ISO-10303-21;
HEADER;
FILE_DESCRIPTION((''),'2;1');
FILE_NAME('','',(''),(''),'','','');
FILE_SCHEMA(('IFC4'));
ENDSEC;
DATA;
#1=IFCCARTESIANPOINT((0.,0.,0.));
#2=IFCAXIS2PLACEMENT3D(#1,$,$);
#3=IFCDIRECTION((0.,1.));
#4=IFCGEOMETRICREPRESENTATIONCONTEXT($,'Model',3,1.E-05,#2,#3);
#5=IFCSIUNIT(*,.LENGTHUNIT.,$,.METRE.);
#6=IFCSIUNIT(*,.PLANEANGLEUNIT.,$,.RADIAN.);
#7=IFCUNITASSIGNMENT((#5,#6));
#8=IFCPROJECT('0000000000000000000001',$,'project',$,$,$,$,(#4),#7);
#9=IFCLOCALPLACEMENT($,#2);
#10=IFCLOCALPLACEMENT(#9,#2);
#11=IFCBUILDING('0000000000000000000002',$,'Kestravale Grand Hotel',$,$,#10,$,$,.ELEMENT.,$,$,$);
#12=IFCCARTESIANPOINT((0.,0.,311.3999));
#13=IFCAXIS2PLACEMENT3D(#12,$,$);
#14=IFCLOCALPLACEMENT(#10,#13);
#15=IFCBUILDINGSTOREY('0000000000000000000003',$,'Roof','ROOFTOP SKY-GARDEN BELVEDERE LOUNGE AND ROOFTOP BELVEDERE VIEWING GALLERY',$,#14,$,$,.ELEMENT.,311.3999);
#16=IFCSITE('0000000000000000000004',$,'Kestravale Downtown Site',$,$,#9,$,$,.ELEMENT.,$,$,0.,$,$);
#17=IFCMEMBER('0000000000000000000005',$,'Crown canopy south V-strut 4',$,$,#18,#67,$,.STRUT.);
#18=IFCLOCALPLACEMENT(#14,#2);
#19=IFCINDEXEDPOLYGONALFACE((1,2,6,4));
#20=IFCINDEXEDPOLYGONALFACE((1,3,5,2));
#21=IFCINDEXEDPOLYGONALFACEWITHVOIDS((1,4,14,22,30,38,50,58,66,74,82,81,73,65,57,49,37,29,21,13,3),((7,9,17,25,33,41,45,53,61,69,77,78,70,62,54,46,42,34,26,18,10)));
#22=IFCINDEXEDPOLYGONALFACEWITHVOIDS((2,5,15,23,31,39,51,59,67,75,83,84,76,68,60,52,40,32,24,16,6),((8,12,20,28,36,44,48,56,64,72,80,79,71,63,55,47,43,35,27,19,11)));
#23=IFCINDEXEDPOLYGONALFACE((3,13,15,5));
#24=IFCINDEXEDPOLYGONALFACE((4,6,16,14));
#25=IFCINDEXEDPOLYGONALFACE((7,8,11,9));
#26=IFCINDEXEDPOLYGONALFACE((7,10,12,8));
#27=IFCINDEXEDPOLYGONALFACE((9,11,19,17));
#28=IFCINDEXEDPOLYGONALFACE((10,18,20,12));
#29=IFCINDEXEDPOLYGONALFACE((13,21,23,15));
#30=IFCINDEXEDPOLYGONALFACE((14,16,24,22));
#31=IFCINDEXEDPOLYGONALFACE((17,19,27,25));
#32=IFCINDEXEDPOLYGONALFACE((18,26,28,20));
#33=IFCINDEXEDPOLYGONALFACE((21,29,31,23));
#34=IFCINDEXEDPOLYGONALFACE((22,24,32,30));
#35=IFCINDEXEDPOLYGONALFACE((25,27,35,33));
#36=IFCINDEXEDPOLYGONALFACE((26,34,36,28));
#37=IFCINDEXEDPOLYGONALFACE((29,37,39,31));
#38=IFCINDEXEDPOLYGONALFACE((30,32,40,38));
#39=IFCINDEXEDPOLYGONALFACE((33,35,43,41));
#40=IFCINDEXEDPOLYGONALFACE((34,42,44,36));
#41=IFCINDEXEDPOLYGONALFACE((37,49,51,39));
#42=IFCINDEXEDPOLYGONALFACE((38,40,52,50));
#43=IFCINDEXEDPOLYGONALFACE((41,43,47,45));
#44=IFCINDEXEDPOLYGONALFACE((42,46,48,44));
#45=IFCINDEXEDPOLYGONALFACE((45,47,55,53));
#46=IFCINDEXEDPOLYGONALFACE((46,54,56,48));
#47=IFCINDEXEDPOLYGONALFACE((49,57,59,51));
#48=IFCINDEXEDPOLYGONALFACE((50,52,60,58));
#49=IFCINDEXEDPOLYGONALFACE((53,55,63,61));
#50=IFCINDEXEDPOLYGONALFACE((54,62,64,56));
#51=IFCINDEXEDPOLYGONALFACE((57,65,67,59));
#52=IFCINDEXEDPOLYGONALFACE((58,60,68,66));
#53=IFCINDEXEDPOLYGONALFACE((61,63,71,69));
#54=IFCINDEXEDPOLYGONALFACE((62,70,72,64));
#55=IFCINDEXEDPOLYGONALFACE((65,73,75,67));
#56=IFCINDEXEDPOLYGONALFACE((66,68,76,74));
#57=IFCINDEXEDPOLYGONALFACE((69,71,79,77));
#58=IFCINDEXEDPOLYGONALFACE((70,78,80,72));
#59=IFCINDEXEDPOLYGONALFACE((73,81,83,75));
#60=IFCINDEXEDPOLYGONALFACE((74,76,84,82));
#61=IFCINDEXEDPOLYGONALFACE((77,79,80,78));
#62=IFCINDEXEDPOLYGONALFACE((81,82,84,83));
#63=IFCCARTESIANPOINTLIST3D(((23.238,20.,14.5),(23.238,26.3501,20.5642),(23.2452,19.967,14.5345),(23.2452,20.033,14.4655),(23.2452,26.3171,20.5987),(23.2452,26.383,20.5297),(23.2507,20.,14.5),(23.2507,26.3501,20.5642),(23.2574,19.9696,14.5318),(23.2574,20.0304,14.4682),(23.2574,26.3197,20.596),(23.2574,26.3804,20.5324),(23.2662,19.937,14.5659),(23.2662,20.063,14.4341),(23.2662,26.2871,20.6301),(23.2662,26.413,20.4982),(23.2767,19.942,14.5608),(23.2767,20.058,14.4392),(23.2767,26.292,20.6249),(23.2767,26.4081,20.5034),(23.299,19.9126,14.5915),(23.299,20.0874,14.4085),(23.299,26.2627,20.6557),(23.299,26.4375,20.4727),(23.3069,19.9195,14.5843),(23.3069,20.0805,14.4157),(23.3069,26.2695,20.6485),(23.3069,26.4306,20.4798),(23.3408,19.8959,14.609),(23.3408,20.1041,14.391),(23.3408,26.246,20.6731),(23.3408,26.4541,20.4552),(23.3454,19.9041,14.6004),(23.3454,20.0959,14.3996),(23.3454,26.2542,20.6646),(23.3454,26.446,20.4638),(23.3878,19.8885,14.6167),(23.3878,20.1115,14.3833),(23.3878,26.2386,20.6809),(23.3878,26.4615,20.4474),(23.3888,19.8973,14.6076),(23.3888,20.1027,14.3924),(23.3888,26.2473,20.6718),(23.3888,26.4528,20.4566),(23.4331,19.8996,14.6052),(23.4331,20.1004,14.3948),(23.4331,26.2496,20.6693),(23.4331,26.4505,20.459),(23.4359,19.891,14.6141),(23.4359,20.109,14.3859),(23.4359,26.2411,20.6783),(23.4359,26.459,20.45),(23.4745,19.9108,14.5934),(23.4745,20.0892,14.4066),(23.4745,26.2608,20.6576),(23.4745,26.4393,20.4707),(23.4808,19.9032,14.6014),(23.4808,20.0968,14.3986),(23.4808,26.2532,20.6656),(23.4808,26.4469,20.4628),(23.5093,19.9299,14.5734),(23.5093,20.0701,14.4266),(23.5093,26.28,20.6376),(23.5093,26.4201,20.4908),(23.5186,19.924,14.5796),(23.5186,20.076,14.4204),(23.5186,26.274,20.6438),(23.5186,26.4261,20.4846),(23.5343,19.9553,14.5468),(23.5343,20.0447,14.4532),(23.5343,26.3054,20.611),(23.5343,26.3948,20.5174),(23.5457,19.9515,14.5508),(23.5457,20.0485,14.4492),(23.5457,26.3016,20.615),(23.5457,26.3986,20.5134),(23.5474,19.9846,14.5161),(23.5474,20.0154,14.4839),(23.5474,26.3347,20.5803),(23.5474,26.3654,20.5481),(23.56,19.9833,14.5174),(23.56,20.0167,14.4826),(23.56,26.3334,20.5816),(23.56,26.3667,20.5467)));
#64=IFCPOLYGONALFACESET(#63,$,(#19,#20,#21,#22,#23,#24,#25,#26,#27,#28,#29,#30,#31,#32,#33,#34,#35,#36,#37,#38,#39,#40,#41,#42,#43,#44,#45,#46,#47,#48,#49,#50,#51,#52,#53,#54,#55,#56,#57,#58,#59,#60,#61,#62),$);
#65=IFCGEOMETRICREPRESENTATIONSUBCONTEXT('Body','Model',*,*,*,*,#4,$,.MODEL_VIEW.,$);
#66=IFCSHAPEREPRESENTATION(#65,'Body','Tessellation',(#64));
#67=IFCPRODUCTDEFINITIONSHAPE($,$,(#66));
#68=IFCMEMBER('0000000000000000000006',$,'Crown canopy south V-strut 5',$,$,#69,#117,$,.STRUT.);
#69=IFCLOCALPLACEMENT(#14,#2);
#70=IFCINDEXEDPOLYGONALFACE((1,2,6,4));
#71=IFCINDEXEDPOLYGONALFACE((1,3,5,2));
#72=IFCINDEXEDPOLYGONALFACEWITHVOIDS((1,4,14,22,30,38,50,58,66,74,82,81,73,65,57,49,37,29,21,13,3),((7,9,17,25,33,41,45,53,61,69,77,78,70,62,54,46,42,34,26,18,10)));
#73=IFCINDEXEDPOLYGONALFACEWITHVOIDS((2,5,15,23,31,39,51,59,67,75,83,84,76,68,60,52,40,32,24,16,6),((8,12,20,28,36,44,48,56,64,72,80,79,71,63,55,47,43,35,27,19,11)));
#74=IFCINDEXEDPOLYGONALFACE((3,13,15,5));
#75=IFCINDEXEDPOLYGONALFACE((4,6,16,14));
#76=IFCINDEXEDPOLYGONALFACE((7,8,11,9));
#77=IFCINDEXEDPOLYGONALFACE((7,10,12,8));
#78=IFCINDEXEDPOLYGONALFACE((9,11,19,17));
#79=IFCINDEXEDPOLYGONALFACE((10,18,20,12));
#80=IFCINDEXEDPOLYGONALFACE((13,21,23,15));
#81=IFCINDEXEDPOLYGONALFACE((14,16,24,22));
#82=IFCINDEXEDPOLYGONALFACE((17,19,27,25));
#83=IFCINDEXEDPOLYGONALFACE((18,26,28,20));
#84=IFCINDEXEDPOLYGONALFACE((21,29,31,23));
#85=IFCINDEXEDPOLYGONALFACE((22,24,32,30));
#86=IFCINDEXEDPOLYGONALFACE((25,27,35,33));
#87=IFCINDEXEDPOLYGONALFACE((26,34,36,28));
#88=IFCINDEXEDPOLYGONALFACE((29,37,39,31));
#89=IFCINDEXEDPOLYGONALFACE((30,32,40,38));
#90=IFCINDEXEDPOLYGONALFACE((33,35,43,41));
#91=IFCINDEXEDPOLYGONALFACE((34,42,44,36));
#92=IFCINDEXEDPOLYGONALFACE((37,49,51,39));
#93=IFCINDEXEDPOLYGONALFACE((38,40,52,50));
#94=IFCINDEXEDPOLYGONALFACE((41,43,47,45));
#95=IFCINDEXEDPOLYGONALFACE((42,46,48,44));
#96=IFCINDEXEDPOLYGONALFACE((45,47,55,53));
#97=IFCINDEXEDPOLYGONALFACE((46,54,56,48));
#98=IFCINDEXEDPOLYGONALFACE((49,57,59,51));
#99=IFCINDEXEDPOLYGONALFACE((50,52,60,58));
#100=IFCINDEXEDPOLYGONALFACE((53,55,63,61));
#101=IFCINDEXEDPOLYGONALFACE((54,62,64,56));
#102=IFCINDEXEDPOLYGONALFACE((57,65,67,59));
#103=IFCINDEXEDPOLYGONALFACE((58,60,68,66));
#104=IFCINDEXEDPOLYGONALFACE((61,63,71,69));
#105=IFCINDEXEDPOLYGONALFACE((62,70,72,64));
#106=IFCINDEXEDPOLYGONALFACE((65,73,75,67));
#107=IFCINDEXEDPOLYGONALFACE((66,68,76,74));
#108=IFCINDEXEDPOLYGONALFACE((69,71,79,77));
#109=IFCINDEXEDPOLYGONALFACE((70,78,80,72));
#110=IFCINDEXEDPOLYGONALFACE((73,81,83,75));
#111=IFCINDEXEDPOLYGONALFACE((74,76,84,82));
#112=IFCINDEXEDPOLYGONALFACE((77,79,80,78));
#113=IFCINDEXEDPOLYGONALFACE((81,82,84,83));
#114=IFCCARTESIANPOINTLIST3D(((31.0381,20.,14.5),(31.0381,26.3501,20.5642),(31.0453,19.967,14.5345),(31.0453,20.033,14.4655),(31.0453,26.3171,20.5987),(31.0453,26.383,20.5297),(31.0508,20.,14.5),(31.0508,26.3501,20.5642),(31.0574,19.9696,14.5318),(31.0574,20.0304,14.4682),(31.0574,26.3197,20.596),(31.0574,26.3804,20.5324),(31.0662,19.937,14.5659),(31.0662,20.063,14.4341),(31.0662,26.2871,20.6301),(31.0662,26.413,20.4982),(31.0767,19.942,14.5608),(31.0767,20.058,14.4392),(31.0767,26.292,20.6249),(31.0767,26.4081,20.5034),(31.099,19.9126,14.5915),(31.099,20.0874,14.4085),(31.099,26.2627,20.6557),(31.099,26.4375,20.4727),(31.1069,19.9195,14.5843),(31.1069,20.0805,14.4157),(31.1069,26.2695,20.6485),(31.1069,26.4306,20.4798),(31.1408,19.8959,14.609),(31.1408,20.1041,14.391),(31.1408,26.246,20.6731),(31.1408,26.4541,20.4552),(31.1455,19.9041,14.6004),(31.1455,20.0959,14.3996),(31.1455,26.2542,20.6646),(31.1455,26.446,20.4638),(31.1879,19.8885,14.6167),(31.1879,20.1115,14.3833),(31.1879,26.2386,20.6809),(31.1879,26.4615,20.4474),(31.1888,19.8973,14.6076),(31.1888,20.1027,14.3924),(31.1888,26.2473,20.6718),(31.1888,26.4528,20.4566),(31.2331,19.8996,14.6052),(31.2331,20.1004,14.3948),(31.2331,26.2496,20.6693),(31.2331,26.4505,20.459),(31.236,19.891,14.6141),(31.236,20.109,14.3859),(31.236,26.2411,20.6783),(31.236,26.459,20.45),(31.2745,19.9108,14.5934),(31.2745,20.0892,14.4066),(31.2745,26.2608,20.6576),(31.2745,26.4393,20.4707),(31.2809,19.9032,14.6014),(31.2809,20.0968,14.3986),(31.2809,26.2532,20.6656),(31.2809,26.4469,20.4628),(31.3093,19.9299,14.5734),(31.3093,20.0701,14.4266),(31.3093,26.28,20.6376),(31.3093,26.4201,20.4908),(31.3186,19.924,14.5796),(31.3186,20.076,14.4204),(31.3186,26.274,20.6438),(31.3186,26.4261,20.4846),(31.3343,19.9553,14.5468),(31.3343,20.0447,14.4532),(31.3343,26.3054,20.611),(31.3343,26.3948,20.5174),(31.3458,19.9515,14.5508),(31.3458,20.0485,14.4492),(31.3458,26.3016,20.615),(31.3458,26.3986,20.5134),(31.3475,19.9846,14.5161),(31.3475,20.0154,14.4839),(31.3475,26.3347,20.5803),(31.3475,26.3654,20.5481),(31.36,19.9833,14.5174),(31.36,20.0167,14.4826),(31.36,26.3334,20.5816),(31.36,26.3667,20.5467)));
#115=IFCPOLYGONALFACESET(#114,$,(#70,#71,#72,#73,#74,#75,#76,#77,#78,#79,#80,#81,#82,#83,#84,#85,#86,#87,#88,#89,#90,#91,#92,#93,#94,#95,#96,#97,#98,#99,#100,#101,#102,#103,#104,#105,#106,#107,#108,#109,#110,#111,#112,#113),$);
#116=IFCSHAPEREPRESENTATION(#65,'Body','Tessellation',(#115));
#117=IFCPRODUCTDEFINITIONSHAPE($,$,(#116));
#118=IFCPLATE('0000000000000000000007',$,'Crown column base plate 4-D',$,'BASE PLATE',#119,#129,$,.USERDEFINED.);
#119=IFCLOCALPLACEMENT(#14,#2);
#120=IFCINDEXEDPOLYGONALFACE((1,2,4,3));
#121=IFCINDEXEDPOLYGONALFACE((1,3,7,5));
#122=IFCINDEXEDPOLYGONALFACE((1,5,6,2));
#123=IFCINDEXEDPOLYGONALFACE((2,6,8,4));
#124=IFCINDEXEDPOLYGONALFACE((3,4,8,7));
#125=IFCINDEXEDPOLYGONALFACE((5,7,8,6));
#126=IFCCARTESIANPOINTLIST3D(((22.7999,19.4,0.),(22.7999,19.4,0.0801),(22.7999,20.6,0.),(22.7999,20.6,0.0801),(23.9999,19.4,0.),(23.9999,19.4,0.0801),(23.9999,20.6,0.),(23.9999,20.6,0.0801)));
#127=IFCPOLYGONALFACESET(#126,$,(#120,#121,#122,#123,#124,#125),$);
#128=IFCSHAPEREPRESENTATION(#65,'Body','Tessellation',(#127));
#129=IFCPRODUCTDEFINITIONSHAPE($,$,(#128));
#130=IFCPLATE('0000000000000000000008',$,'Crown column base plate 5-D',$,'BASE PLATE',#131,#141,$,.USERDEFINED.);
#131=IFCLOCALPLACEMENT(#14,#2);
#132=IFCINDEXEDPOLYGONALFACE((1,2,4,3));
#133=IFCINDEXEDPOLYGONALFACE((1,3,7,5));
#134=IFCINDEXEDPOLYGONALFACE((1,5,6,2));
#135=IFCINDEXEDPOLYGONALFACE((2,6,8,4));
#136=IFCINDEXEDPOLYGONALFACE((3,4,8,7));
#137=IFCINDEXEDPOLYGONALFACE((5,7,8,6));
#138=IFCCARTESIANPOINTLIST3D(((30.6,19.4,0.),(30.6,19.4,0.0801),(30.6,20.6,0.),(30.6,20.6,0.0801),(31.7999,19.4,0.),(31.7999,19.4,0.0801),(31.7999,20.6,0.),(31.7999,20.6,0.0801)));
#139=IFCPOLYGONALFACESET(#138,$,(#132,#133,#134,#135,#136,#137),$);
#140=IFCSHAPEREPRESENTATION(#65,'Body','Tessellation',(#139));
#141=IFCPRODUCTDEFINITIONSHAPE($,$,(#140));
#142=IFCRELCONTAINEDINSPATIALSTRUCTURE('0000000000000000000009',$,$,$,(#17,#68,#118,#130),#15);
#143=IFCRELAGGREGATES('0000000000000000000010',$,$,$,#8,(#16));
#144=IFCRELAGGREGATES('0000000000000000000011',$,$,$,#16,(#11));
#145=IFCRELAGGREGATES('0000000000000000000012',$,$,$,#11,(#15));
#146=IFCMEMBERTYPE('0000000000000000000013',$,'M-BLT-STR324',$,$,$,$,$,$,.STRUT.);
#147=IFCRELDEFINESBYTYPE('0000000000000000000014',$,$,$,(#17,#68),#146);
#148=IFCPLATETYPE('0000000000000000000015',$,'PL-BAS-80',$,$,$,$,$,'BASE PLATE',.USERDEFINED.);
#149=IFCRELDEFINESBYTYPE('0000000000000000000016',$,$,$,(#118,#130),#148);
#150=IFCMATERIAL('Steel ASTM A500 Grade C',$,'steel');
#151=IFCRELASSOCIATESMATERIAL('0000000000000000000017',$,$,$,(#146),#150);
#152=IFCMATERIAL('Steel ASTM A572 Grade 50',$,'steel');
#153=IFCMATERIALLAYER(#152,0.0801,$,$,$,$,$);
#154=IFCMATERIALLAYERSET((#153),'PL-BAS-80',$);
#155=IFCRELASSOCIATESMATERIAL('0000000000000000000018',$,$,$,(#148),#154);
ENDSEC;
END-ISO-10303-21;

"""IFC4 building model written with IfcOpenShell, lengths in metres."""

from ifc_helpers import new_model, si_unit, direction, frame, origin, origin_2d, place, context, subcontext, project, spatial, rectangle, hollow_circle, extrude, material, layer, layer_set, material_profile, profile_set, type_object, element, save


model = new_model("IFC4")

# Units and contexts
model_context = context("Model", 3, precision=1e-05, world=origin(), true_north=direction((0.0, 1.0)))
body_context = subcontext(model_context, "Body", "Model", "MODEL_VIEW")
ifc_project = project(units=[si_unit("LENGTHUNIT", "METRE"), si_unit("PLANEANGLEUNIT", "RADIAN")], contexts=[model_context])

# Site, building, storey
site_placement = place(None, origin())
site = spatial("IfcSite", under=ifc_project, at=site_placement, Name="Kestravale Downtown Site", CompositionType="ELEMENT", RefElevation=0.0)
building_placement = place(site_placement, origin())
building = spatial("IfcBuilding", under=site, at=building_placement, Name="Kestravale Grand Hotel", CompositionType="ELEMENT")
storey_placement = place(building_placement, frame((0.0, 0.0, 311.3999)))
storey = spatial("IfcBuildingStorey", under=building, at=storey_placement, Name="Roof", Description="ROOFTOP SKY-GARDEN BELVEDERE LOUNGE AND ROOFTOP BELVEDERE VIEWING GALLERY", CompositionType="ELEMENT", Elevation=311.3999)

# Members
ifc_material_1 = material(Name="Steel ASTM A500 Grade C", Category="steel")
ifc_material_profile_1 = material_profile(ifc_material_1, hollow_circle(Radius=0.1619, WallThickness=0.0127, at=origin_2d()))
ifc_profile_set_1 = profile_set([ifc_material_profile_1], Name="Steel ASTM A500 Grade C")
member_type = type_object("IfcMemberType", Name="M-BLT-STR324", PredefinedType="STRUT", material=ifc_profile_set_1)
for number, where, z_axis, x_axis, name in (
    (1, (23.3999, 20.0, 14.5), (0.0, 0.723199, 0.69064), (-1.0, 0.0, 0.0), "Crown canopy south V-strut 4"),
    (2, (31.2, 20.0, 14.5), (0.0, 0.723199, 0.69064), (-1.0, 0.0, 0.0), "Crown canopy south V-strut 5"),
):
    element("IfcMember", number, at=place(storey_placement, frame(where, z_axis=z_axis, x_axis=x_axis)), inside=storey, type_object=member_type, Name=name, PredefinedType="STRUT", context=body_context, shape_type="SweptSolid", body=[
        extrude(hollow_circle(Radius=0.1619, WallThickness=0.0127, at=origin_2d()), origin(), (0.0, 0.0, 1.0), 8.7805),
    ])

# Plates
ifc_material_2 = material(Name="Steel ASTM A572 Grade 50", Category="steel")
ifc_layer_1 = layer(ifc_material_2, 0.0801)
ifc_layer_set_1 = layer_set([ifc_layer_1], Name="PL-BAS-80")
plate_type = type_object("IfcPlateType", Name="PL-BAS-80", ElementType="BASE PLATE", PredefinedType="USERDEFINED", material=ifc_layer_set_1)
for number, where, z_axis, x_axis, name in (
    (3, (23.3999, 20.0, 0.0), (0.0, 0.0, 1.0), (1.0, 0.0, 0.0), "Crown column base plate 4-D"),
    (4, (31.2, 20.0, 0.0), (0.0, 0.0, 1.0), (1.0, 0.0, 0.0), "Crown column base plate 5-D"),
):
    element("IfcPlate", number, at=place(storey_placement, frame(where, z_axis=z_axis, x_axis=x_axis)), inside=storey, type_object=plate_type, Name=name, ObjectType="BASE PLATE", PredefinedType="USERDEFINED", context=body_context, shape_type="SweptSolid", body=[
        extrude(rectangle(XDim=1.2, YDim=1.2, at=origin_2d()), origin(), (0.0, 0.0, 1.0), 0.0801),
    ])

save(model, "model.ifc")
